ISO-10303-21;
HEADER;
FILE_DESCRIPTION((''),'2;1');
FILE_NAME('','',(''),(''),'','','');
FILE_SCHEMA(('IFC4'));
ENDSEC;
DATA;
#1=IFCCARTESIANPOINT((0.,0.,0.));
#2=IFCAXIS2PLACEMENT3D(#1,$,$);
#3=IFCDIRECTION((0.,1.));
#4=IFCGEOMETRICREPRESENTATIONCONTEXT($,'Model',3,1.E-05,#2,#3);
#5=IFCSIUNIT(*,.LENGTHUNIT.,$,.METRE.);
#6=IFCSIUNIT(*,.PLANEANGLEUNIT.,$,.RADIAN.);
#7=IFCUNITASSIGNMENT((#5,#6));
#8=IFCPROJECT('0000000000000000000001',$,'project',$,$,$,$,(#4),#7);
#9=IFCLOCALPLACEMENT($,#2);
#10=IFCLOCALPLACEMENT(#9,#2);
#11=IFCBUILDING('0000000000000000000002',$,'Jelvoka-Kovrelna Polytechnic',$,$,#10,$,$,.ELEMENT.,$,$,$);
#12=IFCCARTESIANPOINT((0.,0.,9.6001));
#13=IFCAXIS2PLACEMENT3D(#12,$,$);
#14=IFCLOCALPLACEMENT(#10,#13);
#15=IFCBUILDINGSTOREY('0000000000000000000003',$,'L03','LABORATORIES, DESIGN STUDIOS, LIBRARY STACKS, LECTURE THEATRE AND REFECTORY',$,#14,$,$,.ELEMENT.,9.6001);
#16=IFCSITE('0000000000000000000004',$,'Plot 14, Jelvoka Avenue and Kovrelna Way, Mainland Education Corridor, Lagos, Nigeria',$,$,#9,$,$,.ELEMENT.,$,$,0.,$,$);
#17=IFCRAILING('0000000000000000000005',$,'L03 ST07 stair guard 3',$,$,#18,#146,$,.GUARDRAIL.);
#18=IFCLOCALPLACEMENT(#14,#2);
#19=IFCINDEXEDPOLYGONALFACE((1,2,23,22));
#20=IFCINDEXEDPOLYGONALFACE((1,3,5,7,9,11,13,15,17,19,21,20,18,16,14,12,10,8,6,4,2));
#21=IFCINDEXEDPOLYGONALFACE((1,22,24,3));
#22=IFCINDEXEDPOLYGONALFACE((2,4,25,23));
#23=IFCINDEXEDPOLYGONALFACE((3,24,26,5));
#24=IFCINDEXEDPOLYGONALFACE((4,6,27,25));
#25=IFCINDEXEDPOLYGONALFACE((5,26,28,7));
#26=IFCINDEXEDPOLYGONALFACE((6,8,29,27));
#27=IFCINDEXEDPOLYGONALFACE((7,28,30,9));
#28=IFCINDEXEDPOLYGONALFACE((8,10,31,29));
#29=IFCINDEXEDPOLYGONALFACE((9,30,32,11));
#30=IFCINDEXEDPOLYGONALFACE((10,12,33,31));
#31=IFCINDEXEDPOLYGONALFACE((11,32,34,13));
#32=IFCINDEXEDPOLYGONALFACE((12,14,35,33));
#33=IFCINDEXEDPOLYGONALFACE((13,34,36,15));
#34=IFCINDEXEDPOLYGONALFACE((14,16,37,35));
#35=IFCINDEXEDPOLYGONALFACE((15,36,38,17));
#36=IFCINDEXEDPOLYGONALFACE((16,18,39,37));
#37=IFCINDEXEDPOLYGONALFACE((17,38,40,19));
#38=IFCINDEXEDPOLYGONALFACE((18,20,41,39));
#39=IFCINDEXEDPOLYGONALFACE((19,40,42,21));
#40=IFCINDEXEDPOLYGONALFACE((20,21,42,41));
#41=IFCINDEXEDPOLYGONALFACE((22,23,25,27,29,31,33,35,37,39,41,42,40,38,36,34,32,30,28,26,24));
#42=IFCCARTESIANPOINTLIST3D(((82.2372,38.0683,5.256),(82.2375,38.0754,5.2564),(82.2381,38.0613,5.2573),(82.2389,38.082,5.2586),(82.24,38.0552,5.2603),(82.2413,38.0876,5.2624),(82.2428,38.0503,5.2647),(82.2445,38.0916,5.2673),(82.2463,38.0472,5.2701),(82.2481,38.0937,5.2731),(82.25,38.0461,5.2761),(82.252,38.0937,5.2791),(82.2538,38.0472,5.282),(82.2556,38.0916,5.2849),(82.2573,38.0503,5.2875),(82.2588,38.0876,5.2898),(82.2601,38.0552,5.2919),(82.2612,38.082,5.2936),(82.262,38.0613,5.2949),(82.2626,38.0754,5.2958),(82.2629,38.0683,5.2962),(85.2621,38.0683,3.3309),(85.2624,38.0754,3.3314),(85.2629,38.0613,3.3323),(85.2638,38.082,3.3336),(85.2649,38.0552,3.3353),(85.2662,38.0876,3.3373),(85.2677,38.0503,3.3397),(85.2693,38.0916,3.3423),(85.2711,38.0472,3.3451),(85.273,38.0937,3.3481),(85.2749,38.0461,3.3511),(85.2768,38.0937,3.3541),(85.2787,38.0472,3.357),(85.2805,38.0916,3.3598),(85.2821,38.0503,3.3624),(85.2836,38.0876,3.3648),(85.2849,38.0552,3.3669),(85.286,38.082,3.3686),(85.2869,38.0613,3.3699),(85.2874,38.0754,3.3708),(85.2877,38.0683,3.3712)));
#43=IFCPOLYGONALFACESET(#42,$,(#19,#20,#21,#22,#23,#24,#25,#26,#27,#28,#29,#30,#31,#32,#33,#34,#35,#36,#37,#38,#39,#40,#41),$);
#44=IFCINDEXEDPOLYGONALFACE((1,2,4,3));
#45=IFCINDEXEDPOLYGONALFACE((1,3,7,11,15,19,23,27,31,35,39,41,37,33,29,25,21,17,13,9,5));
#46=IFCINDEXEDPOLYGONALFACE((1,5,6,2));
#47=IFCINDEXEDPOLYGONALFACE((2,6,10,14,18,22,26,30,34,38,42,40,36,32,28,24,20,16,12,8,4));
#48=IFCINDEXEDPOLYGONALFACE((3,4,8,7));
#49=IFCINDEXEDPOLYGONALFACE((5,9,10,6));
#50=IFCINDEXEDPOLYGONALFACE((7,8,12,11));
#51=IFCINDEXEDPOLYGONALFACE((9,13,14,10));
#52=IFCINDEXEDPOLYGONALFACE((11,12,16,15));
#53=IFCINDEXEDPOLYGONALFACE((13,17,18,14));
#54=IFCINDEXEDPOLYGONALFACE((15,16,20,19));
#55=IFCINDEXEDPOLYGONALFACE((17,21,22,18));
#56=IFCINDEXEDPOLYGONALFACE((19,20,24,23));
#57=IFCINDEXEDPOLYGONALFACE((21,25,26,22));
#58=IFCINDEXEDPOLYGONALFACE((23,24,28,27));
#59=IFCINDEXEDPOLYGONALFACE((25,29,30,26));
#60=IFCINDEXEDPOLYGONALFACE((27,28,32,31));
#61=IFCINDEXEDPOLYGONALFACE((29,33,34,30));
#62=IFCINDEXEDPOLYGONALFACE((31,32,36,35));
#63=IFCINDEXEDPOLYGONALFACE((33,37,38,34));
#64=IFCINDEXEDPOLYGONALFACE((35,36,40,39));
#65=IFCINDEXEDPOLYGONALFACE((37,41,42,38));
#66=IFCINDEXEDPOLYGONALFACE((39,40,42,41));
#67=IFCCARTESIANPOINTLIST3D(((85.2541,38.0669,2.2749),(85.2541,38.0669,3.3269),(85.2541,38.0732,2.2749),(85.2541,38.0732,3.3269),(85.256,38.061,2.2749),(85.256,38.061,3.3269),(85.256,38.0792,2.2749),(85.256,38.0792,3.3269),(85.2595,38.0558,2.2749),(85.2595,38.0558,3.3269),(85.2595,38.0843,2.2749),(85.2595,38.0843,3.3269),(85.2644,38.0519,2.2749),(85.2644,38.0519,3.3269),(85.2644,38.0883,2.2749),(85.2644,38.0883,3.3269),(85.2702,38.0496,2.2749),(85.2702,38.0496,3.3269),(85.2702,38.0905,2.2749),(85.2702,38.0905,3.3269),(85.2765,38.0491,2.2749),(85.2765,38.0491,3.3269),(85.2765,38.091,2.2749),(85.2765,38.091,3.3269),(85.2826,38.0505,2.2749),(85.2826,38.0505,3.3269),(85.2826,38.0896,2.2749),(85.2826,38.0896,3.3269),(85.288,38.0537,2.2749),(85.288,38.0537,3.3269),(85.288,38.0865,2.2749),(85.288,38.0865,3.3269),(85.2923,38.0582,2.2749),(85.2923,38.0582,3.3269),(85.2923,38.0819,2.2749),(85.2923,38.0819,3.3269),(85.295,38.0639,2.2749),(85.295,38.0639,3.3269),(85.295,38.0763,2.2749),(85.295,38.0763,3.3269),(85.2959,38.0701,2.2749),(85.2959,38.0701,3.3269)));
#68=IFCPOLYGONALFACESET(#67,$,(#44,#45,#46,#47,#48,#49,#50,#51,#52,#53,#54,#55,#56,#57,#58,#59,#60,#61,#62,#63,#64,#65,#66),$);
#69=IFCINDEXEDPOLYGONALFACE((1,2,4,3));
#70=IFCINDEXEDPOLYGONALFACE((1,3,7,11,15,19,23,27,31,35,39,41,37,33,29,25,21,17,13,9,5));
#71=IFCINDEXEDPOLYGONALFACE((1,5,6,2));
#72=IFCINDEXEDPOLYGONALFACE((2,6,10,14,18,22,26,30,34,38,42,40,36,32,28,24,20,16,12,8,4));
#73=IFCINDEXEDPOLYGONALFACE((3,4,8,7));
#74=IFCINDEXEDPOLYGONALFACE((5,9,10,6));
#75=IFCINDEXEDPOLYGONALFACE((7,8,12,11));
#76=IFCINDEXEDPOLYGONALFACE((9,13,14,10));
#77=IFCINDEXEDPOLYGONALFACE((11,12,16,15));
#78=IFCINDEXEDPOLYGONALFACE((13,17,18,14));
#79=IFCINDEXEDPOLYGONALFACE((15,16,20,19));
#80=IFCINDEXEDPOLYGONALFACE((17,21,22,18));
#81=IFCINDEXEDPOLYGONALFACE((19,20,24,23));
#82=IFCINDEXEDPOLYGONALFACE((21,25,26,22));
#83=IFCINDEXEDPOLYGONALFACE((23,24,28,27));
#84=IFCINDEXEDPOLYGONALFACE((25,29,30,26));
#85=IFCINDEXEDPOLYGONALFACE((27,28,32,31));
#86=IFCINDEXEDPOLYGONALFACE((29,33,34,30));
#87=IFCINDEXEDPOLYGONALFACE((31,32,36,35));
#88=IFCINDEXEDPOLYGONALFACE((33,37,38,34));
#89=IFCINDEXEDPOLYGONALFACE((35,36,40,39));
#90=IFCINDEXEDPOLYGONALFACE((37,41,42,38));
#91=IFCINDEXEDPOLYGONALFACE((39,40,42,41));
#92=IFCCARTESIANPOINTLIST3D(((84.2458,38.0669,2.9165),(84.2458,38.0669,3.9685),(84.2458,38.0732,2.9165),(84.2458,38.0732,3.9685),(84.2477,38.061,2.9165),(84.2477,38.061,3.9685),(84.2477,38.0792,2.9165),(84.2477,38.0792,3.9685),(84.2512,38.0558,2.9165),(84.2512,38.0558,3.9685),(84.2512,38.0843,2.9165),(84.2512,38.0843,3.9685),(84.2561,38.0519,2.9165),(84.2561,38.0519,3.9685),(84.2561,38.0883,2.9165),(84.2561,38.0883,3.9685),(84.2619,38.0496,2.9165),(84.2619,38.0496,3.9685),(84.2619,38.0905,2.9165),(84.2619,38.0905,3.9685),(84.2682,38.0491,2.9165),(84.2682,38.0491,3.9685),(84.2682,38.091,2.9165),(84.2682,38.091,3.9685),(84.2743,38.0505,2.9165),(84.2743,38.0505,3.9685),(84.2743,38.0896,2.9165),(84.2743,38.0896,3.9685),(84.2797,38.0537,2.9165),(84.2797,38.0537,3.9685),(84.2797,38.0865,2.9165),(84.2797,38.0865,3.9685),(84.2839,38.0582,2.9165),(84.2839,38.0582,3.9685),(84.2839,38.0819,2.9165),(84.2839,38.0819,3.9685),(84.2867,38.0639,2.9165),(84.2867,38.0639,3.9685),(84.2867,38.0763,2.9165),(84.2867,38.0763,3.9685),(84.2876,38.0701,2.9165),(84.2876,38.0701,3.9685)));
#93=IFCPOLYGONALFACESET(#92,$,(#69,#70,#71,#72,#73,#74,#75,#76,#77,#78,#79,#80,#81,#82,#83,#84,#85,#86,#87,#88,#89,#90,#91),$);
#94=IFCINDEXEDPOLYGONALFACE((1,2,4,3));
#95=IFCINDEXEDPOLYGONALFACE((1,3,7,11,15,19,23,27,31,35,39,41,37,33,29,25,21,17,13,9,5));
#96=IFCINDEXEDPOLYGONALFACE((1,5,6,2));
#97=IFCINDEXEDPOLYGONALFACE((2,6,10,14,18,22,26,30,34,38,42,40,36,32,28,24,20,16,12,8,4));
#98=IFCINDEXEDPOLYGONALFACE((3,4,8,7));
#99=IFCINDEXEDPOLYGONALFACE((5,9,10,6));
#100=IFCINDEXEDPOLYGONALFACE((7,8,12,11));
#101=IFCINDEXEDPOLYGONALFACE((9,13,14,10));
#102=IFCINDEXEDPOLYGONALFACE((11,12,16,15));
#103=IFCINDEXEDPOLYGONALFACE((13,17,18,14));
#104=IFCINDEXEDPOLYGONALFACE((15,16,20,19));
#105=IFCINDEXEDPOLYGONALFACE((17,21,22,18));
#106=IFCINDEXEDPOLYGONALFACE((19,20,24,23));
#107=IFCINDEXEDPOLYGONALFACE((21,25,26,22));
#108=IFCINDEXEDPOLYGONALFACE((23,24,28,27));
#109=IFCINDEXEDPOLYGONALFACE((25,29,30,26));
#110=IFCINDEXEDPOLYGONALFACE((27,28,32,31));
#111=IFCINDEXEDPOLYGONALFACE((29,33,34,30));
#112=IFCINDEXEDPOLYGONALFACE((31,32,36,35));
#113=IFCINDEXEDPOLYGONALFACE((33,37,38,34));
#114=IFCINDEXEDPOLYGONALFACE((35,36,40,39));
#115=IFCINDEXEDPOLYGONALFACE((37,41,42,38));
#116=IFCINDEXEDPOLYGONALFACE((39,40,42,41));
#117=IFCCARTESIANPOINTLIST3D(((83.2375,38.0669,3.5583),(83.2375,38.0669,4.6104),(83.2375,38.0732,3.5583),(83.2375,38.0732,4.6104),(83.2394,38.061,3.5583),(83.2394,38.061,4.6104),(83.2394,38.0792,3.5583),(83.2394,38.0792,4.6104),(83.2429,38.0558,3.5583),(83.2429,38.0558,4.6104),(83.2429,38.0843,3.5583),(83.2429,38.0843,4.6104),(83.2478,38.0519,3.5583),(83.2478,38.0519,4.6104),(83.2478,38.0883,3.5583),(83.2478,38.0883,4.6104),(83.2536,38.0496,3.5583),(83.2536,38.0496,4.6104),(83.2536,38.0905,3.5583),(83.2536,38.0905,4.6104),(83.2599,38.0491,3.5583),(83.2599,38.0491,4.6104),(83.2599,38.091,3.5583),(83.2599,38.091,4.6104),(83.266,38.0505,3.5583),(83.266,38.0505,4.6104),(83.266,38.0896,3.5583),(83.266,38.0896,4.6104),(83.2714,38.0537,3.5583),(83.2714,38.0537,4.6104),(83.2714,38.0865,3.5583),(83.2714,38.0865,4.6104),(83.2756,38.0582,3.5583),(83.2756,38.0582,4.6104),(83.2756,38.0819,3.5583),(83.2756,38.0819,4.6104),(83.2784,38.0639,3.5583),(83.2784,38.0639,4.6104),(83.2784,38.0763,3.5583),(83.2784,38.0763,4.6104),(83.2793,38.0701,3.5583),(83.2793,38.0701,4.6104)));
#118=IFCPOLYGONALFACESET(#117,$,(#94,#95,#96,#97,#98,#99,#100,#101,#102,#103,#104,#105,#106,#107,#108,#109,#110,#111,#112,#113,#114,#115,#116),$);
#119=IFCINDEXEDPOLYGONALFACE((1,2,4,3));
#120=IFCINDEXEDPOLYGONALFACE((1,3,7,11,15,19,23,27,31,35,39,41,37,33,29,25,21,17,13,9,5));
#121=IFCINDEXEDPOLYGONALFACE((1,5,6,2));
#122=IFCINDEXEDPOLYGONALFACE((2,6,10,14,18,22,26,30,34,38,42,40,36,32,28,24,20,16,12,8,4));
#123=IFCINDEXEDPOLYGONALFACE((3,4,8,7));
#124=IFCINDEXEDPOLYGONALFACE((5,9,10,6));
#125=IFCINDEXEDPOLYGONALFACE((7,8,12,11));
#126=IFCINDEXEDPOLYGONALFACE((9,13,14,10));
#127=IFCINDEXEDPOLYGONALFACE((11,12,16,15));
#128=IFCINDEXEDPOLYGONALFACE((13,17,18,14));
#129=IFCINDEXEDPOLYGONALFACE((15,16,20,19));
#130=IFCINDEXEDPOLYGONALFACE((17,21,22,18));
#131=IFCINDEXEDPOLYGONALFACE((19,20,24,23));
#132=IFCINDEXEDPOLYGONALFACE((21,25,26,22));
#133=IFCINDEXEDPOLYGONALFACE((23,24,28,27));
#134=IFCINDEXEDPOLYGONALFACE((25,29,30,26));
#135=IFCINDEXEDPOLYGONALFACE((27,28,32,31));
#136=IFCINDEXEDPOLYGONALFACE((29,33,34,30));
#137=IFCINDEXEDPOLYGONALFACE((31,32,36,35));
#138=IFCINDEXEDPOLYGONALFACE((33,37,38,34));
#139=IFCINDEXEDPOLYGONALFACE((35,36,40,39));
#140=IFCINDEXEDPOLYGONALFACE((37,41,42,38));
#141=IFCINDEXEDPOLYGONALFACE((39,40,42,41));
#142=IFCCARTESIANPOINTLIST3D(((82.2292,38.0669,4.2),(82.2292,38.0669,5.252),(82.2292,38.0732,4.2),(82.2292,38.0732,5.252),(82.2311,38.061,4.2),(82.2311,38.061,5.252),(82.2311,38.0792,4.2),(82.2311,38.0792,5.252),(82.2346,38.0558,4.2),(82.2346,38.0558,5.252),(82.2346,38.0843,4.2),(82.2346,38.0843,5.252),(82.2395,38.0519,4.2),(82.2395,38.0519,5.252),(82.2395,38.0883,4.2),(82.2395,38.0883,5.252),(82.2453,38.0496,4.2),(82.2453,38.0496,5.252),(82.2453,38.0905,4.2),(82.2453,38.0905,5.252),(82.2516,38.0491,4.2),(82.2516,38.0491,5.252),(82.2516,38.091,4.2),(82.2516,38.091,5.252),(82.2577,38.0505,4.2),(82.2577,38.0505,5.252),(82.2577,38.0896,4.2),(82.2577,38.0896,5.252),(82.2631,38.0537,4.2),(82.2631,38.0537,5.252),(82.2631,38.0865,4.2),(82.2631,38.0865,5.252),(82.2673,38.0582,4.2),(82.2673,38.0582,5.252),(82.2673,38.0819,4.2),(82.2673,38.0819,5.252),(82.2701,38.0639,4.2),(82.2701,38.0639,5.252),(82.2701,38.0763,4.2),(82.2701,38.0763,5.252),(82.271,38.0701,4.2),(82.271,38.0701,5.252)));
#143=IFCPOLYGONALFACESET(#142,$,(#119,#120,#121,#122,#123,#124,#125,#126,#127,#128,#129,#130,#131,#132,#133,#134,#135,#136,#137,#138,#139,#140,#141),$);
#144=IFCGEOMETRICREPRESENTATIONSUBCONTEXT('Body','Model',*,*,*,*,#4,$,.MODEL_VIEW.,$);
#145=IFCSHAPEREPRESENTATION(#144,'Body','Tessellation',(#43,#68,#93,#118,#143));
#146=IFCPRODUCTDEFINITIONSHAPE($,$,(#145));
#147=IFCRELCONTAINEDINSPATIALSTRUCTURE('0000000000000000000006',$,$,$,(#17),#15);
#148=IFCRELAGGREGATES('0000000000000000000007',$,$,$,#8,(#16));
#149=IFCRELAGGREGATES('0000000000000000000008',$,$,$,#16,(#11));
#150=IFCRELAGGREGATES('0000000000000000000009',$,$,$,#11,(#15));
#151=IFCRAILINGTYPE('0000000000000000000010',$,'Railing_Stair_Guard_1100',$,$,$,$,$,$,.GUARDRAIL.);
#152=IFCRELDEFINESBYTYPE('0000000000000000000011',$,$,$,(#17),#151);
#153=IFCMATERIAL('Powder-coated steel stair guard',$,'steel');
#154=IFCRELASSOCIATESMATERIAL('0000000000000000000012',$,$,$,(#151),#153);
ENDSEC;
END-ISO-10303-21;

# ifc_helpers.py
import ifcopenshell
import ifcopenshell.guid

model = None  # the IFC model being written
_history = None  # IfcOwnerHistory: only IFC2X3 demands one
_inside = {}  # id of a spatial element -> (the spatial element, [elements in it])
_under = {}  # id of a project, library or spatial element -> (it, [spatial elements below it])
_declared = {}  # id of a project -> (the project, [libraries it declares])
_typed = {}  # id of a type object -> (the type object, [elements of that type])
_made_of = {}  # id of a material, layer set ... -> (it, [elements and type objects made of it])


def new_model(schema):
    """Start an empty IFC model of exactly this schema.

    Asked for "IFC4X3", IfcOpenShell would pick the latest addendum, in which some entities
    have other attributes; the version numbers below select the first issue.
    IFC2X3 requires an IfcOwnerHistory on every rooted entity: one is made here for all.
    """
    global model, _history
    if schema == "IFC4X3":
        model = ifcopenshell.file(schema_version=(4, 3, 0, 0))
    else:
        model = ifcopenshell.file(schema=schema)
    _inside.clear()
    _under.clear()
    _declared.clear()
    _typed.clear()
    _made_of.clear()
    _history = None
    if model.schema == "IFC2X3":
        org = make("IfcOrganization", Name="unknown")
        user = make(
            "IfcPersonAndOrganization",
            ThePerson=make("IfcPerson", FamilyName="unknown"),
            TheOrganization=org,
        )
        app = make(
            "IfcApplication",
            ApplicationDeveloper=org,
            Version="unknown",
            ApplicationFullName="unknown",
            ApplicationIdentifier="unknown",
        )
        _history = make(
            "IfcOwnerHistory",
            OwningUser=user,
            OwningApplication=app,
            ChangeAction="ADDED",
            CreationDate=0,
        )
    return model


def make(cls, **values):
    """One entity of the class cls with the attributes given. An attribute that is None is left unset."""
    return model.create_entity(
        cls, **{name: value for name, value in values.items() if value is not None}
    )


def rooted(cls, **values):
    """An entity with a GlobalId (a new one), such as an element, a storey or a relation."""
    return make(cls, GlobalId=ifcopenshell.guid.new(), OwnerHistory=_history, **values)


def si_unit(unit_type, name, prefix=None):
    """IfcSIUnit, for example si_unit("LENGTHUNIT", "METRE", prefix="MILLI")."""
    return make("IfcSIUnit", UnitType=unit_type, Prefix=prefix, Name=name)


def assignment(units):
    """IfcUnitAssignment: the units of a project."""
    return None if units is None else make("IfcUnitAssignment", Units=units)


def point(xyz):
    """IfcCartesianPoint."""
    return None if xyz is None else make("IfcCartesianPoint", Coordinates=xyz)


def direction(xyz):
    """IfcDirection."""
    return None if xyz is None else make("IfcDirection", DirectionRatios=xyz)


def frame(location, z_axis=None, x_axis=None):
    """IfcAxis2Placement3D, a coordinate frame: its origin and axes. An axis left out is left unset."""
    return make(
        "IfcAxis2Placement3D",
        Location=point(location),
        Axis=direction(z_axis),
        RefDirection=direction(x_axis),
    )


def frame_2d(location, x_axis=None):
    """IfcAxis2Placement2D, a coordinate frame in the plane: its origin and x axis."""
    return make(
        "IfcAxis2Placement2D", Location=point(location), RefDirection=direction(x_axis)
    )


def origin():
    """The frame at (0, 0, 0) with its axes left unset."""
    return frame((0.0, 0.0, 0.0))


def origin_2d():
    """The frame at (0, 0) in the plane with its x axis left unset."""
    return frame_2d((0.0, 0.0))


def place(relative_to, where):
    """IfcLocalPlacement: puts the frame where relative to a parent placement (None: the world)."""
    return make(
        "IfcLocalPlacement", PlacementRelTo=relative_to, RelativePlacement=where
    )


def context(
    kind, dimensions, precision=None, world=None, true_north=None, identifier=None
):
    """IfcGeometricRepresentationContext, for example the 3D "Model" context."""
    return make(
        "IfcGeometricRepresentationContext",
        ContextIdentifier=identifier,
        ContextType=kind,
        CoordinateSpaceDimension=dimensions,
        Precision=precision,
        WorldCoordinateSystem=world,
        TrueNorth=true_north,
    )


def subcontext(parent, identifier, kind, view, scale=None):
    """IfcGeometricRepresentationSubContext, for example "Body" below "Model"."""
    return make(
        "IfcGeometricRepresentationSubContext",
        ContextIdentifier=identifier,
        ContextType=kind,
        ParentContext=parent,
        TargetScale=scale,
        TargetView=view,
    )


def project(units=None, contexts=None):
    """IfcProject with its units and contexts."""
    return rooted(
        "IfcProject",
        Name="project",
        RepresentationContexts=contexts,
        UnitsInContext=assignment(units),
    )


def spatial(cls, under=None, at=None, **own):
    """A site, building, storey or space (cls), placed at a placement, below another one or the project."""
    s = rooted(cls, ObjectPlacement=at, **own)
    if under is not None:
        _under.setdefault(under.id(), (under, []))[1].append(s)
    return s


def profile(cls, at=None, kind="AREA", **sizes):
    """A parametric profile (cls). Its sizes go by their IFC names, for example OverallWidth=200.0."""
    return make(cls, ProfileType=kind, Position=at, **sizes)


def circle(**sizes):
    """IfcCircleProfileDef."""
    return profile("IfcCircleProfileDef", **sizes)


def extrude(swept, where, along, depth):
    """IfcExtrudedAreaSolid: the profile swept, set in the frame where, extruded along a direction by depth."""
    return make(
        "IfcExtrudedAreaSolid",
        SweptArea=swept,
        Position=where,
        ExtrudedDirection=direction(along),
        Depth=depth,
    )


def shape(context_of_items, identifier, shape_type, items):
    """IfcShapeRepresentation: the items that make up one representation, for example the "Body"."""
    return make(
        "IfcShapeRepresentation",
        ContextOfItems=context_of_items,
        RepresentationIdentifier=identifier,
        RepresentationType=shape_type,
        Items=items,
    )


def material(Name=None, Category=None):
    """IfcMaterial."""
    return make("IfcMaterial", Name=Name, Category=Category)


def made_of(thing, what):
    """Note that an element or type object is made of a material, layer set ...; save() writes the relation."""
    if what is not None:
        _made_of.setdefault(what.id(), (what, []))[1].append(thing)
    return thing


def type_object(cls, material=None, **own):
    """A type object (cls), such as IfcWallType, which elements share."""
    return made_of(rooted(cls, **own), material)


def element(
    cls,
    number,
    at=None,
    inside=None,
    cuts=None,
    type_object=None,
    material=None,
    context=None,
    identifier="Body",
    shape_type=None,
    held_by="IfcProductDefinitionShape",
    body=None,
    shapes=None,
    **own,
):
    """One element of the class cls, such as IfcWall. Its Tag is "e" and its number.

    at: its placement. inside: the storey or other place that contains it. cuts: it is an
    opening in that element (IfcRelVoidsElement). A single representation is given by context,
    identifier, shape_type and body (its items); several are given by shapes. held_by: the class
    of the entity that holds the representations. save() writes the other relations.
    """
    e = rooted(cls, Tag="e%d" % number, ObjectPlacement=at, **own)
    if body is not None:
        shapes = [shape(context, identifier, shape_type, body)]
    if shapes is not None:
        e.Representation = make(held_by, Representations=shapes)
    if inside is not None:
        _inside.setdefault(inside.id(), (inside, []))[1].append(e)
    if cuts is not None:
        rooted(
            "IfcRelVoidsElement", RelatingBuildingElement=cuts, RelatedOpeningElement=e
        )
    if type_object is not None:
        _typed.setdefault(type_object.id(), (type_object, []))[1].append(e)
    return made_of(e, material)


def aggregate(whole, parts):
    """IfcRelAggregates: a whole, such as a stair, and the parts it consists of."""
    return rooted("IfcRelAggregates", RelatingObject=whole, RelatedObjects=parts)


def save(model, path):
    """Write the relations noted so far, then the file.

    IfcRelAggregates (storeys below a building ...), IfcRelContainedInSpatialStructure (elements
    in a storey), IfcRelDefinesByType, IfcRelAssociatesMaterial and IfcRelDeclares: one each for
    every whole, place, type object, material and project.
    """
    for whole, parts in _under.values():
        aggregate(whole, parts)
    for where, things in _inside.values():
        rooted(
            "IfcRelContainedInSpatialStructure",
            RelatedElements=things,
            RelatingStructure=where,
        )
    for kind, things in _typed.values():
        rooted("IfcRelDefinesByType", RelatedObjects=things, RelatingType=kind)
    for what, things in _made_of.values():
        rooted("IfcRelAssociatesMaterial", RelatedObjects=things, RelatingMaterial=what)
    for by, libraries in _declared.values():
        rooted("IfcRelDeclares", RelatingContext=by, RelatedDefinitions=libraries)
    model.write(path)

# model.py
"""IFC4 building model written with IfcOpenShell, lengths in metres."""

from ifc_helpers import new_model, si_unit, direction, frame, origin, origin_2d, place, context, subcontext, project, spatial, circle, extrude, material, type_object, element, save


model = new_model("IFC4")

# Units and contexts
model_context = context("Model", 3, precision=1e-05, world=origin(), true_north=direction((0.0, 1.0)))
body_context = subcontext(model_context, "Body", "Model", "MODEL_VIEW")
ifc_project = project(units=[si_unit("LENGTHUNIT", "METRE"), si_unit("PLANEANGLEUNIT", "RADIAN")], contexts=[model_context])

# Site, building, storey
site_placement = place(None, origin())
site = spatial("IfcSite", under=ifc_project, at=site_placement, Name="Plot 14, Jelvoka Avenue and Kovrelna Way, Mainland Education Corridor, Lagos, Nigeria", CompositionType="ELEMENT", RefElevation=0.0)
building_placement = place(site_placement, origin())
building = spatial("IfcBuilding", under=site, at=building_placement, Name="Jelvoka-Kovrelna Polytechnic", CompositionType="ELEMENT")
storey_placement = place(building_placement, frame((0.0, 0.0, 9.6001)))
storey = spatial("IfcBuildingStorey", under=building, at=storey_placement, Name="L03", Description="LABORATORIES, DESIGN STUDIOS, LIBRARY STACKS, LECTURE THEATRE AND REFECTORY", CompositionType="ELEMENT", Elevation=9.6001)

# Railing
ifc_material_1 = material(Name="Powder-coated steel stair guard", Category="steel")
railing_type_1 = type_object("IfcRailingType", Name="Railing_Stair_Guard_1100", PredefinedType="GUARDRAIL", material=ifc_material_1)
railing_1_placement = place(storey_placement, frame((85.2749, 38.0701, 2.2749)))
element("IfcRailing", 1, at=railing_1_placement, inside=storey, type_object=railing_type_1, Name="L03 ST07 stair guard 3", PredefinedType="GUARDRAIL", context=body_context, shape_type="SweptSolid", body=[
    extrude(circle(Radius=0.0239, at=origin_2d()), frame((0.0, 0.0, 1.0762), z_axis=(-0.843647, 0.0, 0.536898), x_axis=(0.0, -1.0, 0.0)), (0.0, 0.0, 1.0), 3.5854),
    extrude(circle(Radius=0.021, at=origin_2d()), origin(), (0.0, 0.0, 1.0), 1.052),
    extrude(circle(Radius=0.021, at=origin_2d()), frame((-1.0083, 0.0, 0.6416)), (0.0, 0.0, 1.0), 1.052),
    extrude(circle(Radius=0.021, at=origin_2d()), frame((-2.0166, 0.0, 1.2834)), (0.0, 0.0, 1.0), 1.052),
    extrude(circle(Radius=0.021, at=origin_2d()), frame((-3.0249, 0.0, 1.925)), (0.0, 0.0, 1.0), 1.052),
])

save(model, "model.ifc")
